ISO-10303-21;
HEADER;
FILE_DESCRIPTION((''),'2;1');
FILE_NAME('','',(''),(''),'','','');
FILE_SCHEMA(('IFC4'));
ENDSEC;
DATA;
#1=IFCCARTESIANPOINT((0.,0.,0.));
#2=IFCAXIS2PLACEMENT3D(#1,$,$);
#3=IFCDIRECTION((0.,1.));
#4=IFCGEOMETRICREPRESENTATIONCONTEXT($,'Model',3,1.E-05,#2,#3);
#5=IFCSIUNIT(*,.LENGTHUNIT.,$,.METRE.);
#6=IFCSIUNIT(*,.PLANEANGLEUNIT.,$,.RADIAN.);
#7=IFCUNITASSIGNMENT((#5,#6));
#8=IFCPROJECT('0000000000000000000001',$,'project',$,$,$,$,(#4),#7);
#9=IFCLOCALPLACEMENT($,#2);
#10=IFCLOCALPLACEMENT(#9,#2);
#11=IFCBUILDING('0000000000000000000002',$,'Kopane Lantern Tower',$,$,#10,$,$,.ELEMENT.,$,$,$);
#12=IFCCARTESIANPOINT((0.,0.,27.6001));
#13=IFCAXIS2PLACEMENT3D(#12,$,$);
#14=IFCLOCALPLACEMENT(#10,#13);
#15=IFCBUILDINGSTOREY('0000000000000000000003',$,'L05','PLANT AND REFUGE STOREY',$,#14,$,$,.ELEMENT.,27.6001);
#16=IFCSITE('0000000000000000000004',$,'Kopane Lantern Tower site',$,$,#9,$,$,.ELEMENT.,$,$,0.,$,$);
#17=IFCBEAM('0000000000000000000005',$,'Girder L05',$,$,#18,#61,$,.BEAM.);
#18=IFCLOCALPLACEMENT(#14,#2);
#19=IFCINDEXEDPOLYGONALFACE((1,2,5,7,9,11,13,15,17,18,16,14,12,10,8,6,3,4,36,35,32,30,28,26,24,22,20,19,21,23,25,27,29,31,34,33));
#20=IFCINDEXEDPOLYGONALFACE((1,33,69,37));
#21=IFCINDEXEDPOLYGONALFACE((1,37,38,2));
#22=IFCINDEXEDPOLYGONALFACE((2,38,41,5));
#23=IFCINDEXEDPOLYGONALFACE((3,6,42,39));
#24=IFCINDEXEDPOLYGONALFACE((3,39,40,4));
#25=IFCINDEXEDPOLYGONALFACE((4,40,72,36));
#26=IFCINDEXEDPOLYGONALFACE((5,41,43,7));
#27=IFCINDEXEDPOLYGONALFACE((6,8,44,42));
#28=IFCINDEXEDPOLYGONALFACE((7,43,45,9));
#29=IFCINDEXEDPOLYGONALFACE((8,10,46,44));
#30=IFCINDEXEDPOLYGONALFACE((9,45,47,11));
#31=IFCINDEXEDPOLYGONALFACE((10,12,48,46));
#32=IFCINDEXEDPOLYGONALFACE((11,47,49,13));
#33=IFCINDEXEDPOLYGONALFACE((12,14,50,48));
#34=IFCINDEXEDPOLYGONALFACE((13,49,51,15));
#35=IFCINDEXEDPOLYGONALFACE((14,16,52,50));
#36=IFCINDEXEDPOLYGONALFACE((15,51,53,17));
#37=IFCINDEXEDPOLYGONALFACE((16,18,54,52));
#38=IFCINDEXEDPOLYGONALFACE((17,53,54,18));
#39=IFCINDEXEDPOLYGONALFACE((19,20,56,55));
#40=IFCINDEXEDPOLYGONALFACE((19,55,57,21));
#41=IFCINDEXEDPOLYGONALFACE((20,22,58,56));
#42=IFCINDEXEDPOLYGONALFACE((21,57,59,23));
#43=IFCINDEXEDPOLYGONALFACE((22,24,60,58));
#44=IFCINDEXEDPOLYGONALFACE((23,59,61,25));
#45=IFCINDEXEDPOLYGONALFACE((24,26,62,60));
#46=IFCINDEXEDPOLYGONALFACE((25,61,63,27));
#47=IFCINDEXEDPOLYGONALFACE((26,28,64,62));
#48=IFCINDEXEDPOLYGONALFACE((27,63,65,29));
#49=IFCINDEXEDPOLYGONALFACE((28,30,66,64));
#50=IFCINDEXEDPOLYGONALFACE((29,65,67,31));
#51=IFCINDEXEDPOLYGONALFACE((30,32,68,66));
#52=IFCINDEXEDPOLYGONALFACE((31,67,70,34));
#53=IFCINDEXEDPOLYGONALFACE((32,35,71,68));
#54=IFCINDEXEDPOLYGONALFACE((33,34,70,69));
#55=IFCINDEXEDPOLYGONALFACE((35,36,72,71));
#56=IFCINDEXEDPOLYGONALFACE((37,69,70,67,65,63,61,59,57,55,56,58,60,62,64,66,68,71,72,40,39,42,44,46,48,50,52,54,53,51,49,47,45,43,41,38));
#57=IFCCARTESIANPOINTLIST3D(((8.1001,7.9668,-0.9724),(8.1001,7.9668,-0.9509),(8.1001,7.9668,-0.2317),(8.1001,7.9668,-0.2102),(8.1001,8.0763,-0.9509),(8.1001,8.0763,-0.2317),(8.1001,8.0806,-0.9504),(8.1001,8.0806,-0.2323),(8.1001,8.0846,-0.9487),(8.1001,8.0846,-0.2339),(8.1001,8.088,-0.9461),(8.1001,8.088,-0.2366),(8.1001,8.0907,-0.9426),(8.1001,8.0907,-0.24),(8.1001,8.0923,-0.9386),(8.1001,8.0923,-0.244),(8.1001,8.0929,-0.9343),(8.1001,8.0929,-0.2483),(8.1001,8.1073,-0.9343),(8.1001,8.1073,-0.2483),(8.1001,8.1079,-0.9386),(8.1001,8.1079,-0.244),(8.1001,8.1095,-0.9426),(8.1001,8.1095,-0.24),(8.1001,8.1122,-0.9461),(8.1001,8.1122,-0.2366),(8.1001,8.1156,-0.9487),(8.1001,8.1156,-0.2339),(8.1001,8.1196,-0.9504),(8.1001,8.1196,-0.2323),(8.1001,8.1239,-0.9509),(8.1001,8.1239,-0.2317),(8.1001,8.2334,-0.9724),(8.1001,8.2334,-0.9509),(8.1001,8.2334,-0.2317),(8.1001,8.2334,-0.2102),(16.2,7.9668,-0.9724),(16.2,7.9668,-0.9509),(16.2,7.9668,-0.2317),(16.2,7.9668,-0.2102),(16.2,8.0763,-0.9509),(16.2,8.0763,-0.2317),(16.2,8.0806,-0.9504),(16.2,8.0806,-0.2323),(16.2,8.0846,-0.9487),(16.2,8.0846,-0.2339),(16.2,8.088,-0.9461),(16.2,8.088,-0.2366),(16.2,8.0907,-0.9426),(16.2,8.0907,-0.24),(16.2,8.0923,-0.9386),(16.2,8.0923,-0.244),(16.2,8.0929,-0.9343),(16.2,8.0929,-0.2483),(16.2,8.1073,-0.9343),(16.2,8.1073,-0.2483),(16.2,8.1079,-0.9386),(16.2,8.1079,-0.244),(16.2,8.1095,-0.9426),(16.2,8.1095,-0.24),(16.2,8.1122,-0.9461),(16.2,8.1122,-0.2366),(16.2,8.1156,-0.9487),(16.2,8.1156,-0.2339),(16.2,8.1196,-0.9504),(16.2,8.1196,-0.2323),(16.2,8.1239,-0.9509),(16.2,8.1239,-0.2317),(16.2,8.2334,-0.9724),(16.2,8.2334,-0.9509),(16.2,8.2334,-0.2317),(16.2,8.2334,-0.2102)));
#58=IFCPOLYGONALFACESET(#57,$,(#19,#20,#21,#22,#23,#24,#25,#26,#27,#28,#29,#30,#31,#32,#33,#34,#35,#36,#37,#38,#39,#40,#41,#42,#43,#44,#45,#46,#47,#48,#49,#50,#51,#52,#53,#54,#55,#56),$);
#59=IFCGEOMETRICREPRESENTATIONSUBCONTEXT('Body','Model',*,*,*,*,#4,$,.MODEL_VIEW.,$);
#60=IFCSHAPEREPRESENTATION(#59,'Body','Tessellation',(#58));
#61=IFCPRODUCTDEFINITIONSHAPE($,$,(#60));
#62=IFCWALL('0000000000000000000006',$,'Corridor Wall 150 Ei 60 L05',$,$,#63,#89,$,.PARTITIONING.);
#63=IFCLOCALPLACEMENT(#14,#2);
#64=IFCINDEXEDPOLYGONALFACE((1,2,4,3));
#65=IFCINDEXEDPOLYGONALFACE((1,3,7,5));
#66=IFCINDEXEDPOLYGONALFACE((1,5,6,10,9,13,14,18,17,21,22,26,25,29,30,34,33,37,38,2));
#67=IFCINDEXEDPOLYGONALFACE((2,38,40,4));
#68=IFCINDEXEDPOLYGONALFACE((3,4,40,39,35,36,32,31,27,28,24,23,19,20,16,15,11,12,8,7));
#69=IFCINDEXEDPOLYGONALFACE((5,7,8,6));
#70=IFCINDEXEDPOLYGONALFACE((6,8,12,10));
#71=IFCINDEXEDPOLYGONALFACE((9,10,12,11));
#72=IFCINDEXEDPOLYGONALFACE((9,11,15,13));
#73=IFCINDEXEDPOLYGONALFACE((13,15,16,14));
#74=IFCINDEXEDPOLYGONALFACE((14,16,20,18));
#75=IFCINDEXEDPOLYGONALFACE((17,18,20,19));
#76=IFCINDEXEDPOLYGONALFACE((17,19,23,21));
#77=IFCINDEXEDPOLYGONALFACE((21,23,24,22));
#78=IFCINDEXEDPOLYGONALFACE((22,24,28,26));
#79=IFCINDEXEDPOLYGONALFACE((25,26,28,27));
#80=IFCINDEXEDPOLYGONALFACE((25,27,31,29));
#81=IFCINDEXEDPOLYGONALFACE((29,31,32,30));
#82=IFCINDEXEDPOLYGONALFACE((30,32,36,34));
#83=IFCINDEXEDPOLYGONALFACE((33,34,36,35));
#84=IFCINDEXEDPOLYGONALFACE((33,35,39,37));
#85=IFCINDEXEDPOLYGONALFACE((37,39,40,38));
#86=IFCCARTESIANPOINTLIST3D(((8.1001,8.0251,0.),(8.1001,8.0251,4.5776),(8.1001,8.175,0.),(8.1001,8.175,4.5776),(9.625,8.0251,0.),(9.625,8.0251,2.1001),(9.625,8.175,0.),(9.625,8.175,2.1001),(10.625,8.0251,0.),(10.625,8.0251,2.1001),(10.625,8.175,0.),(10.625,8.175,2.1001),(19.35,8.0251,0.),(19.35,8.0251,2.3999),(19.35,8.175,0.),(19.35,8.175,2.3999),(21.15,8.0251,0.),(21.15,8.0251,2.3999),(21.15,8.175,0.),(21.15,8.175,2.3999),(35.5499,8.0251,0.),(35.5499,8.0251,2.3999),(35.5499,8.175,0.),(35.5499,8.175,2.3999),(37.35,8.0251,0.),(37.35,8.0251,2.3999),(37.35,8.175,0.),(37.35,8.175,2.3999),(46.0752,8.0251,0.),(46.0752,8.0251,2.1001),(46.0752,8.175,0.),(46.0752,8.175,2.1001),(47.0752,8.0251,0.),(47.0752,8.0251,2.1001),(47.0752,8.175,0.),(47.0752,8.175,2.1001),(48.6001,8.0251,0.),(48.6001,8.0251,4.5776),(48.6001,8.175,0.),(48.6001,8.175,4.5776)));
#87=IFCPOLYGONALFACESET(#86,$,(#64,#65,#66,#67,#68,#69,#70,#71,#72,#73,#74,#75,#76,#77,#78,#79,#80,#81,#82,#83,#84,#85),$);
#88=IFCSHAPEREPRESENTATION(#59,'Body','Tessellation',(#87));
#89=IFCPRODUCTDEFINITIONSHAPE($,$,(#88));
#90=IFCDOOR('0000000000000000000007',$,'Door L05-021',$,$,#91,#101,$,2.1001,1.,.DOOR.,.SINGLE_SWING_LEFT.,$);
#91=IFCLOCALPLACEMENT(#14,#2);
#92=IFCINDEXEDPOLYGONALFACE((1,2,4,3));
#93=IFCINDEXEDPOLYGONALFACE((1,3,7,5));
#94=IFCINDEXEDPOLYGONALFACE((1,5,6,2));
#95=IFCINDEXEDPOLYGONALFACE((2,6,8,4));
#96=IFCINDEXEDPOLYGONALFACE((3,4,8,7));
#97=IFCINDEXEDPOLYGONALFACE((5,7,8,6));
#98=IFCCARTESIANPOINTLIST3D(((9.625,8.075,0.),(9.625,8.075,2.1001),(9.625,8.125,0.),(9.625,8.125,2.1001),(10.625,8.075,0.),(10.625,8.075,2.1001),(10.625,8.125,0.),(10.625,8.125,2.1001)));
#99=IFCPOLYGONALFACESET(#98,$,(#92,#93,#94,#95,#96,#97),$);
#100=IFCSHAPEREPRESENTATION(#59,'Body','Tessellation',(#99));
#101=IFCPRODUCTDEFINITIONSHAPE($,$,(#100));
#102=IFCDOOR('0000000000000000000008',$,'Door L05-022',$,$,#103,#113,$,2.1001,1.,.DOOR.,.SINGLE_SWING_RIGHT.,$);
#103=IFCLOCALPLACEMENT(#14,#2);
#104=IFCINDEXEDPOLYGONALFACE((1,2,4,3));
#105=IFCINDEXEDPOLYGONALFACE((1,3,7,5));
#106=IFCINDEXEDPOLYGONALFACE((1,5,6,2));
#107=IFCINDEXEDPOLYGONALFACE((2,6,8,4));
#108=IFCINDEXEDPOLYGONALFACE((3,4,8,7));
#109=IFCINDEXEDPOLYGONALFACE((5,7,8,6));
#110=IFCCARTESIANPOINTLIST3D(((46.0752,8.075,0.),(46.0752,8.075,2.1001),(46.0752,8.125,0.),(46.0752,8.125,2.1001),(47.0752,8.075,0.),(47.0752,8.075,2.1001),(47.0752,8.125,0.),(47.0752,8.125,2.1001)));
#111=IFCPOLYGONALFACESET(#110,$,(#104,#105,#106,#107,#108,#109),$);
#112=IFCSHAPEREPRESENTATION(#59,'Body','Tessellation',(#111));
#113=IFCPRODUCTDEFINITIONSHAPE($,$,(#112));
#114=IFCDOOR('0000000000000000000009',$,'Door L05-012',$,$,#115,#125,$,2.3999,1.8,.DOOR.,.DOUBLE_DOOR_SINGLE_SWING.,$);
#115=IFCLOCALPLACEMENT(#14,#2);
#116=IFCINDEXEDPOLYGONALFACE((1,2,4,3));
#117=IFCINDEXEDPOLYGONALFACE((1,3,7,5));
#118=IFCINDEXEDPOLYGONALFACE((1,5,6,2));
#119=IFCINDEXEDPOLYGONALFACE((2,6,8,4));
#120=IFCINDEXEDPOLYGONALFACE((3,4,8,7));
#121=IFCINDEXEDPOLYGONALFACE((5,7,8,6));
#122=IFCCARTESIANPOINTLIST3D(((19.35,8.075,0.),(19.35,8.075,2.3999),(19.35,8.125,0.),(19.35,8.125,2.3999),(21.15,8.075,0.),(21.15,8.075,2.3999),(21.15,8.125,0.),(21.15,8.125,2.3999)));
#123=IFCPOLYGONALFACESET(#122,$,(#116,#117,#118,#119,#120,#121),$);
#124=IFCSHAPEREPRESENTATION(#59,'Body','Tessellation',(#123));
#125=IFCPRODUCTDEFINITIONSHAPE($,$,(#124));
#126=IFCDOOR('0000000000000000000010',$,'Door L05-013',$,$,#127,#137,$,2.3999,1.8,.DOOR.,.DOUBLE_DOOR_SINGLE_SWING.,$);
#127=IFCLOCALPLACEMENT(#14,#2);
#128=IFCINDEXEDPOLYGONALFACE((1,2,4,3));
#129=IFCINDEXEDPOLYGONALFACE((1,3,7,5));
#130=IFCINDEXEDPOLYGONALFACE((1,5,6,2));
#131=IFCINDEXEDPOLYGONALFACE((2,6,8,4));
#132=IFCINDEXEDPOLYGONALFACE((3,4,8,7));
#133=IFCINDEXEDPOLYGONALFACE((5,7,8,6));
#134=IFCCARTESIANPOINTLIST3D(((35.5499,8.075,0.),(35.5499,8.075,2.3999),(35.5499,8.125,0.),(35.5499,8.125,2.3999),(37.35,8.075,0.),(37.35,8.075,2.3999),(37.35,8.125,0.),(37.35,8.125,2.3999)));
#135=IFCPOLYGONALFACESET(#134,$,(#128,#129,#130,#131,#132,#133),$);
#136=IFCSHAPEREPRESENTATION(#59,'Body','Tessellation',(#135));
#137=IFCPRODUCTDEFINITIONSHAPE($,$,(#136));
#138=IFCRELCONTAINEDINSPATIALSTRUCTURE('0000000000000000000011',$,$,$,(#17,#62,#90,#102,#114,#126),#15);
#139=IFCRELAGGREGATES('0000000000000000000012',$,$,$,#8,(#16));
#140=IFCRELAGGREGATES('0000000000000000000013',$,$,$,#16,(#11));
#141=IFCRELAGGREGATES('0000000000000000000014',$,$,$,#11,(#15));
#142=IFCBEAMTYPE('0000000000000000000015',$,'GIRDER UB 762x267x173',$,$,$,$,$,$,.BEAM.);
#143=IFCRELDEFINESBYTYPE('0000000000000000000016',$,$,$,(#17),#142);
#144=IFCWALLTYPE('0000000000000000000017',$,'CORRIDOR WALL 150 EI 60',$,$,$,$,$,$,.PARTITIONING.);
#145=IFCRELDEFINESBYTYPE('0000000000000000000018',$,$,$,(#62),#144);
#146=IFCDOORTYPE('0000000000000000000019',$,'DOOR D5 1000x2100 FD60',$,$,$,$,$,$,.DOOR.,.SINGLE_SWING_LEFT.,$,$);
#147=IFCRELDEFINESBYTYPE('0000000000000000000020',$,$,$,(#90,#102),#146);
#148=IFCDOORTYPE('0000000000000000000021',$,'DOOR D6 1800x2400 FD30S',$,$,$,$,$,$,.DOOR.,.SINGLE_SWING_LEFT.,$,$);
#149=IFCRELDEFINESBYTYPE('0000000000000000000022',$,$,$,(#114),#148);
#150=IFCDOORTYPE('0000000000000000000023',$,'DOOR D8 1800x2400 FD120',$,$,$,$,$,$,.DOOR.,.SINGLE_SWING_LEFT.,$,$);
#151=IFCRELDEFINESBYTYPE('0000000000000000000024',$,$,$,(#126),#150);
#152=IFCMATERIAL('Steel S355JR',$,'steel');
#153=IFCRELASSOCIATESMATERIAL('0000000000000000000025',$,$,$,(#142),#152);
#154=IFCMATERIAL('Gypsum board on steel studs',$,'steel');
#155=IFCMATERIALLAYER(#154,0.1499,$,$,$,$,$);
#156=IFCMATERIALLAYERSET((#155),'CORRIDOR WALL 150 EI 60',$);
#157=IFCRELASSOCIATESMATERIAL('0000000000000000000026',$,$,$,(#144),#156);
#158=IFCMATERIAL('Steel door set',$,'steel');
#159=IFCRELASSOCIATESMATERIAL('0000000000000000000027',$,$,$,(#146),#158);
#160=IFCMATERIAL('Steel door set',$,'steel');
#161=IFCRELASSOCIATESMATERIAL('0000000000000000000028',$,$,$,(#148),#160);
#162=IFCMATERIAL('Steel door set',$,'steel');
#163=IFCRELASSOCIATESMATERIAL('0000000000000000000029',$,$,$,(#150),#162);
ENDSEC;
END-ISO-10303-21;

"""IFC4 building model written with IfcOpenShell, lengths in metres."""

from ifc_helpers import new_model, si_unit, direction, frame, frame_2d, origin, origin_2d, place, context, subcontext, project, spatial, rectangle, i_section, extrude, material, layer, layer_set, material_profile, profile_set, type_object, element, fill, save


model = new_model("IFC4")

# Units and contexts
model_context = context("Model", 3, precision=1e-05, world=origin(), true_north=direction((0.0, 1.0)))
body_context = subcontext(model_context, "Body", "Model", "MODEL_VIEW")
ifc_project = project(units=[si_unit("LENGTHUNIT", "METRE"), si_unit("PLANEANGLEUNIT", "RADIAN")], contexts=[model_context])

# Site, building, storey
site_placement = place(None, origin())
site = spatial("IfcSite", under=ifc_project, at=site_placement, Name="Kopane Lantern Tower site", CompositionType="ELEMENT", RefElevation=0.0)
building_placement = place(site_placement, origin())
building = spatial("IfcBuilding", under=site, at=building_placement, Name="Kopane Lantern Tower", CompositionType="ELEMENT")
storey_placement = place(building_placement, frame((0.0, 0.0, 27.6001)))
storey = spatial("IfcBuildingStorey", under=building, at=storey_placement, Name="L05", Description="PLANT AND REFUGE STOREY", CompositionType="ELEMENT", Elevation=27.6001)

# Beam
ifc_material_1 = material(Name="Steel S355JR", Category="steel")
ifc_material_profile_1 = material_profile(ifc_material_1, i_section(OverallWidth=0.2666, OverallDepth=0.7622, WebThickness=0.0144, FlangeThickness=0.0215, FilletRadius=0.0166, at=origin_2d()), Name="UB 762x267x173")
ifc_profile_set_1 = profile_set([ifc_material_profile_1], Name="Steel S355JR")
beam_type = type_object("IfcBeamType", Name="GIRDER UB 762x267x173", PredefinedType="BEAM", material=ifc_profile_set_1)
for number, where, z_axis, x_axis, name in (
    (1, (8.1001, 8.1001, -0.5913), (1.0, 0.0, 0.0), (0.0, 1.0, 0.0), "Girder L05"),
):
    element("IfcBeam", number, at=place(storey_placement, frame(where, z_axis=z_axis, x_axis=x_axis)), inside=storey, type_object=beam_type, Name=name, PredefinedType="BEAM", context=body_context, shape_type="SweptSolid", body=[
        extrude(i_section(OverallWidth=0.2666, OverallDepth=0.7622, WebThickness=0.0144, FlangeThickness=0.0215, FilletRadius=0.0166, at=origin_2d()), origin(), (0.0, 0.0, 1.0), 8.0999),
    ])

# Wall, openings, doors
ifc_material_2 = material(Name="Gypsum board on steel studs", Category="steel")
ifc_layer_1 = layer(ifc_material_2, 0.1499)
ifc_layer_set_1 = layer_set([ifc_layer_1], Name="CORRIDOR WALL 150 EI 60")
wall_type_1 = type_object("IfcWallType", Name="CORRIDOR WALL 150 EI 60", PredefinedType="PARTITIONING", material=ifc_layer_set_1)
wall_1_placement = place(storey_placement, frame((8.1001, 8.1001, 0.0), z_axis=(0.0, 0.0, 1.0), x_axis=(1.0, 0.0, 0.0)))
wall_1 = element("IfcWall", 2, at=wall_1_placement, inside=storey, type_object=wall_type_1, Name="Corridor Wall 150 Ei 60 L05", PredefinedType="PARTITIONING", context=body_context, shape_type="SweptSolid", body=[
    extrude(rectangle(XDim=40.5, YDim=0.1499, at=frame_2d((20.25, 0.0))), origin(), (0.0, 0.0, 1.0), 4.5776),
])
opening_1_placement = place(wall_1_placement, frame((11.25, 0.0, 0.0)))
opening_1 = element("IfcOpeningElement", 3, at=opening_1_placement, cuts=wall_1, PredefinedType="OPENING", context=body_context, shape_type="SweptSolid", body=[
    extrude(rectangle(XDim=1.8, YDim=2.3999, at=frame_2d((0.8999, 1.2))), frame((0.0, 0.085, 0.0), z_axis=(0.0, -1.0, 0.0), x_axis=(1.0, 0.0, 0.0)), (0.0, 0.0, 1.0), 0.1699),
])
opening_2_placement = place(wall_1_placement, frame((27.45, 0.0, 0.0)))
opening_2 = element("IfcOpeningElement", 4, at=opening_2_placement, cuts=wall_1, PredefinedType="OPENING", context=body_context, shape_type="SweptSolid", body=[
    extrude(rectangle(XDim=1.8, YDim=2.3999, at=frame_2d((0.8999, 1.2))), frame((0.0, 0.085, 0.0), z_axis=(0.0, -1.0, 0.0), x_axis=(1.0, 0.0, 0.0)), (0.0, 0.0, 1.0), 0.1699),
])
opening_3_placement = place(wall_1_placement, frame((1.5249, 0.0, 0.0)))
opening_3 = element("IfcOpeningElement", 5, at=opening_3_placement, cuts=wall_1, PredefinedType="OPENING", context=body_context, shape_type="SweptSolid", body=[
    extrude(rectangle(XDim=1.0, YDim=2.1001, at=frame_2d((0.5, 1.05))), frame((0.0, 0.085, 0.0), z_axis=(0.0, -1.0, 0.0), x_axis=(1.0, 0.0, 0.0)), (0.0, 0.0, 1.0), 0.1699),
])
opening_4_placement = place(wall_1_placement, frame((37.9751, 0.0, 0.0)))
opening_4 = element("IfcOpeningElement", 6, at=opening_4_placement, cuts=wall_1, PredefinedType="OPENING", context=body_context, shape_type="SweptSolid", body=[
    extrude(rectangle(XDim=1.0, YDim=2.1001, at=frame_2d((0.5, 1.05))), frame((0.0, 0.085, 0.0), z_axis=(0.0, -1.0, 0.0), x_axis=(1.0, 0.0, 0.0)), (0.0, 0.0, 1.0), 0.1699),
])
ifc_material_3 = material(Name="Steel door set", Category="steel")
door_type_1 = type_object("IfcDoorType", Name="DOOR D5 1000x2100 FD60", OperationType="SINGLE_SWING_LEFT", PredefinedType="DOOR", material=ifc_material_3)
door_1_placement = place(opening_3_placement, origin())
door_1 = element("IfcDoor", 7, at=door_1_placement, inside=storey, type_object=door_type_1, Name="Door L05-021", OperationType="SINGLE_SWING_LEFT", OverallHeight=2.1001, OverallWidth=1.0, PredefinedType="DOOR", context=body_context, shape_type="SweptSolid", body=[
    extrude(rectangle(XDim=1.0, YDim=2.1001, at=frame_2d((0.5, 1.05))), frame((0.0, 0.0249, 0.0), z_axis=(0.0, -1.0, 0.0), x_axis=(1.0, 0.0, 0.0)), (0.0, 0.0, 1.0), 0.05),
])
fill(opening_3, door_1)
door_2_placement = place(opening_4_placement, origin())
door_2 = element("IfcDoor", 8, at=door_2_placement, inside=storey, type_object=door_type_1, Name="Door L05-022", OperationType="SINGLE_SWING_RIGHT", OverallHeight=2.1001, OverallWidth=1.0, PredefinedType="DOOR", context=body_context, shape_type="SweptSolid", body=[
    extrude(rectangle(XDim=1.0, YDim=2.1001, at=frame_2d((0.5, 1.05))), frame((0.0, 0.0249, 0.0), z_axis=(0.0, -1.0, 0.0), x_axis=(1.0, 0.0, 0.0)), (0.0, 0.0, 1.0), 0.05),
])
fill(opening_4, door_2)
ifc_material_4 = material(Name="Steel door set", Category="steel")
door_type_2 = type_object("IfcDoorType", Name="DOOR D6 1800x2400 FD30S", OperationType="SINGLE_SWING_LEFT", PredefinedType="DOOR", material=ifc_material_4)
door_3_placement = place(opening_1_placement, origin())
door_3 = element("IfcDoor", 9, at=door_3_placement, inside=storey, type_object=door_type_2, Name="Door L05-012", OperationType="DOUBLE_DOOR_SINGLE_SWING", OverallHeight=2.3999, OverallWidth=1.8, PredefinedType="DOOR", context=body_context, shape_type="SweptSolid", body=[
    extrude(rectangle(XDim=1.8, YDim=2.3999, at=frame_2d((0.8999, 1.2))), frame((0.0, 0.0249, 0.0), z_axis=(0.0, -1.0, 0.0), x_axis=(1.0, 0.0, 0.0)), (0.0, 0.0, 1.0), 0.05),
])
fill(opening_1, door_3)
ifc_material_5 = material(Name="Steel door set", Category="steel")
door_type_3 = type_object("IfcDoorType", Name="DOOR D8 1800x2400 FD120", OperationType="SINGLE_SWING_LEFT", PredefinedType="DOOR", material=ifc_material_5)
door_4_placement = place(opening_2_placement, origin())
door_4 = element("IfcDoor", 10, at=door_4_placement, inside=storey, type_object=door_type_3, Name="Door L05-013", OperationType="DOUBLE_DOOR_SINGLE_SWING", OverallHeight=2.3999, OverallWidth=1.8, PredefinedType="DOOR", context=body_context, shape_type="SweptSolid", body=[
    extrude(rectangle(XDim=1.8, YDim=2.3999, at=frame_2d((0.8999, 1.2))), frame((0.0, 0.0249, 0.0), z_axis=(0.0, -1.0, 0.0), x_axis=(1.0, 0.0, 0.0)), (0.0, 0.0, 1.0), 0.05),
])
fill(opening_2, door_4)

save(model, "model.ifc")
